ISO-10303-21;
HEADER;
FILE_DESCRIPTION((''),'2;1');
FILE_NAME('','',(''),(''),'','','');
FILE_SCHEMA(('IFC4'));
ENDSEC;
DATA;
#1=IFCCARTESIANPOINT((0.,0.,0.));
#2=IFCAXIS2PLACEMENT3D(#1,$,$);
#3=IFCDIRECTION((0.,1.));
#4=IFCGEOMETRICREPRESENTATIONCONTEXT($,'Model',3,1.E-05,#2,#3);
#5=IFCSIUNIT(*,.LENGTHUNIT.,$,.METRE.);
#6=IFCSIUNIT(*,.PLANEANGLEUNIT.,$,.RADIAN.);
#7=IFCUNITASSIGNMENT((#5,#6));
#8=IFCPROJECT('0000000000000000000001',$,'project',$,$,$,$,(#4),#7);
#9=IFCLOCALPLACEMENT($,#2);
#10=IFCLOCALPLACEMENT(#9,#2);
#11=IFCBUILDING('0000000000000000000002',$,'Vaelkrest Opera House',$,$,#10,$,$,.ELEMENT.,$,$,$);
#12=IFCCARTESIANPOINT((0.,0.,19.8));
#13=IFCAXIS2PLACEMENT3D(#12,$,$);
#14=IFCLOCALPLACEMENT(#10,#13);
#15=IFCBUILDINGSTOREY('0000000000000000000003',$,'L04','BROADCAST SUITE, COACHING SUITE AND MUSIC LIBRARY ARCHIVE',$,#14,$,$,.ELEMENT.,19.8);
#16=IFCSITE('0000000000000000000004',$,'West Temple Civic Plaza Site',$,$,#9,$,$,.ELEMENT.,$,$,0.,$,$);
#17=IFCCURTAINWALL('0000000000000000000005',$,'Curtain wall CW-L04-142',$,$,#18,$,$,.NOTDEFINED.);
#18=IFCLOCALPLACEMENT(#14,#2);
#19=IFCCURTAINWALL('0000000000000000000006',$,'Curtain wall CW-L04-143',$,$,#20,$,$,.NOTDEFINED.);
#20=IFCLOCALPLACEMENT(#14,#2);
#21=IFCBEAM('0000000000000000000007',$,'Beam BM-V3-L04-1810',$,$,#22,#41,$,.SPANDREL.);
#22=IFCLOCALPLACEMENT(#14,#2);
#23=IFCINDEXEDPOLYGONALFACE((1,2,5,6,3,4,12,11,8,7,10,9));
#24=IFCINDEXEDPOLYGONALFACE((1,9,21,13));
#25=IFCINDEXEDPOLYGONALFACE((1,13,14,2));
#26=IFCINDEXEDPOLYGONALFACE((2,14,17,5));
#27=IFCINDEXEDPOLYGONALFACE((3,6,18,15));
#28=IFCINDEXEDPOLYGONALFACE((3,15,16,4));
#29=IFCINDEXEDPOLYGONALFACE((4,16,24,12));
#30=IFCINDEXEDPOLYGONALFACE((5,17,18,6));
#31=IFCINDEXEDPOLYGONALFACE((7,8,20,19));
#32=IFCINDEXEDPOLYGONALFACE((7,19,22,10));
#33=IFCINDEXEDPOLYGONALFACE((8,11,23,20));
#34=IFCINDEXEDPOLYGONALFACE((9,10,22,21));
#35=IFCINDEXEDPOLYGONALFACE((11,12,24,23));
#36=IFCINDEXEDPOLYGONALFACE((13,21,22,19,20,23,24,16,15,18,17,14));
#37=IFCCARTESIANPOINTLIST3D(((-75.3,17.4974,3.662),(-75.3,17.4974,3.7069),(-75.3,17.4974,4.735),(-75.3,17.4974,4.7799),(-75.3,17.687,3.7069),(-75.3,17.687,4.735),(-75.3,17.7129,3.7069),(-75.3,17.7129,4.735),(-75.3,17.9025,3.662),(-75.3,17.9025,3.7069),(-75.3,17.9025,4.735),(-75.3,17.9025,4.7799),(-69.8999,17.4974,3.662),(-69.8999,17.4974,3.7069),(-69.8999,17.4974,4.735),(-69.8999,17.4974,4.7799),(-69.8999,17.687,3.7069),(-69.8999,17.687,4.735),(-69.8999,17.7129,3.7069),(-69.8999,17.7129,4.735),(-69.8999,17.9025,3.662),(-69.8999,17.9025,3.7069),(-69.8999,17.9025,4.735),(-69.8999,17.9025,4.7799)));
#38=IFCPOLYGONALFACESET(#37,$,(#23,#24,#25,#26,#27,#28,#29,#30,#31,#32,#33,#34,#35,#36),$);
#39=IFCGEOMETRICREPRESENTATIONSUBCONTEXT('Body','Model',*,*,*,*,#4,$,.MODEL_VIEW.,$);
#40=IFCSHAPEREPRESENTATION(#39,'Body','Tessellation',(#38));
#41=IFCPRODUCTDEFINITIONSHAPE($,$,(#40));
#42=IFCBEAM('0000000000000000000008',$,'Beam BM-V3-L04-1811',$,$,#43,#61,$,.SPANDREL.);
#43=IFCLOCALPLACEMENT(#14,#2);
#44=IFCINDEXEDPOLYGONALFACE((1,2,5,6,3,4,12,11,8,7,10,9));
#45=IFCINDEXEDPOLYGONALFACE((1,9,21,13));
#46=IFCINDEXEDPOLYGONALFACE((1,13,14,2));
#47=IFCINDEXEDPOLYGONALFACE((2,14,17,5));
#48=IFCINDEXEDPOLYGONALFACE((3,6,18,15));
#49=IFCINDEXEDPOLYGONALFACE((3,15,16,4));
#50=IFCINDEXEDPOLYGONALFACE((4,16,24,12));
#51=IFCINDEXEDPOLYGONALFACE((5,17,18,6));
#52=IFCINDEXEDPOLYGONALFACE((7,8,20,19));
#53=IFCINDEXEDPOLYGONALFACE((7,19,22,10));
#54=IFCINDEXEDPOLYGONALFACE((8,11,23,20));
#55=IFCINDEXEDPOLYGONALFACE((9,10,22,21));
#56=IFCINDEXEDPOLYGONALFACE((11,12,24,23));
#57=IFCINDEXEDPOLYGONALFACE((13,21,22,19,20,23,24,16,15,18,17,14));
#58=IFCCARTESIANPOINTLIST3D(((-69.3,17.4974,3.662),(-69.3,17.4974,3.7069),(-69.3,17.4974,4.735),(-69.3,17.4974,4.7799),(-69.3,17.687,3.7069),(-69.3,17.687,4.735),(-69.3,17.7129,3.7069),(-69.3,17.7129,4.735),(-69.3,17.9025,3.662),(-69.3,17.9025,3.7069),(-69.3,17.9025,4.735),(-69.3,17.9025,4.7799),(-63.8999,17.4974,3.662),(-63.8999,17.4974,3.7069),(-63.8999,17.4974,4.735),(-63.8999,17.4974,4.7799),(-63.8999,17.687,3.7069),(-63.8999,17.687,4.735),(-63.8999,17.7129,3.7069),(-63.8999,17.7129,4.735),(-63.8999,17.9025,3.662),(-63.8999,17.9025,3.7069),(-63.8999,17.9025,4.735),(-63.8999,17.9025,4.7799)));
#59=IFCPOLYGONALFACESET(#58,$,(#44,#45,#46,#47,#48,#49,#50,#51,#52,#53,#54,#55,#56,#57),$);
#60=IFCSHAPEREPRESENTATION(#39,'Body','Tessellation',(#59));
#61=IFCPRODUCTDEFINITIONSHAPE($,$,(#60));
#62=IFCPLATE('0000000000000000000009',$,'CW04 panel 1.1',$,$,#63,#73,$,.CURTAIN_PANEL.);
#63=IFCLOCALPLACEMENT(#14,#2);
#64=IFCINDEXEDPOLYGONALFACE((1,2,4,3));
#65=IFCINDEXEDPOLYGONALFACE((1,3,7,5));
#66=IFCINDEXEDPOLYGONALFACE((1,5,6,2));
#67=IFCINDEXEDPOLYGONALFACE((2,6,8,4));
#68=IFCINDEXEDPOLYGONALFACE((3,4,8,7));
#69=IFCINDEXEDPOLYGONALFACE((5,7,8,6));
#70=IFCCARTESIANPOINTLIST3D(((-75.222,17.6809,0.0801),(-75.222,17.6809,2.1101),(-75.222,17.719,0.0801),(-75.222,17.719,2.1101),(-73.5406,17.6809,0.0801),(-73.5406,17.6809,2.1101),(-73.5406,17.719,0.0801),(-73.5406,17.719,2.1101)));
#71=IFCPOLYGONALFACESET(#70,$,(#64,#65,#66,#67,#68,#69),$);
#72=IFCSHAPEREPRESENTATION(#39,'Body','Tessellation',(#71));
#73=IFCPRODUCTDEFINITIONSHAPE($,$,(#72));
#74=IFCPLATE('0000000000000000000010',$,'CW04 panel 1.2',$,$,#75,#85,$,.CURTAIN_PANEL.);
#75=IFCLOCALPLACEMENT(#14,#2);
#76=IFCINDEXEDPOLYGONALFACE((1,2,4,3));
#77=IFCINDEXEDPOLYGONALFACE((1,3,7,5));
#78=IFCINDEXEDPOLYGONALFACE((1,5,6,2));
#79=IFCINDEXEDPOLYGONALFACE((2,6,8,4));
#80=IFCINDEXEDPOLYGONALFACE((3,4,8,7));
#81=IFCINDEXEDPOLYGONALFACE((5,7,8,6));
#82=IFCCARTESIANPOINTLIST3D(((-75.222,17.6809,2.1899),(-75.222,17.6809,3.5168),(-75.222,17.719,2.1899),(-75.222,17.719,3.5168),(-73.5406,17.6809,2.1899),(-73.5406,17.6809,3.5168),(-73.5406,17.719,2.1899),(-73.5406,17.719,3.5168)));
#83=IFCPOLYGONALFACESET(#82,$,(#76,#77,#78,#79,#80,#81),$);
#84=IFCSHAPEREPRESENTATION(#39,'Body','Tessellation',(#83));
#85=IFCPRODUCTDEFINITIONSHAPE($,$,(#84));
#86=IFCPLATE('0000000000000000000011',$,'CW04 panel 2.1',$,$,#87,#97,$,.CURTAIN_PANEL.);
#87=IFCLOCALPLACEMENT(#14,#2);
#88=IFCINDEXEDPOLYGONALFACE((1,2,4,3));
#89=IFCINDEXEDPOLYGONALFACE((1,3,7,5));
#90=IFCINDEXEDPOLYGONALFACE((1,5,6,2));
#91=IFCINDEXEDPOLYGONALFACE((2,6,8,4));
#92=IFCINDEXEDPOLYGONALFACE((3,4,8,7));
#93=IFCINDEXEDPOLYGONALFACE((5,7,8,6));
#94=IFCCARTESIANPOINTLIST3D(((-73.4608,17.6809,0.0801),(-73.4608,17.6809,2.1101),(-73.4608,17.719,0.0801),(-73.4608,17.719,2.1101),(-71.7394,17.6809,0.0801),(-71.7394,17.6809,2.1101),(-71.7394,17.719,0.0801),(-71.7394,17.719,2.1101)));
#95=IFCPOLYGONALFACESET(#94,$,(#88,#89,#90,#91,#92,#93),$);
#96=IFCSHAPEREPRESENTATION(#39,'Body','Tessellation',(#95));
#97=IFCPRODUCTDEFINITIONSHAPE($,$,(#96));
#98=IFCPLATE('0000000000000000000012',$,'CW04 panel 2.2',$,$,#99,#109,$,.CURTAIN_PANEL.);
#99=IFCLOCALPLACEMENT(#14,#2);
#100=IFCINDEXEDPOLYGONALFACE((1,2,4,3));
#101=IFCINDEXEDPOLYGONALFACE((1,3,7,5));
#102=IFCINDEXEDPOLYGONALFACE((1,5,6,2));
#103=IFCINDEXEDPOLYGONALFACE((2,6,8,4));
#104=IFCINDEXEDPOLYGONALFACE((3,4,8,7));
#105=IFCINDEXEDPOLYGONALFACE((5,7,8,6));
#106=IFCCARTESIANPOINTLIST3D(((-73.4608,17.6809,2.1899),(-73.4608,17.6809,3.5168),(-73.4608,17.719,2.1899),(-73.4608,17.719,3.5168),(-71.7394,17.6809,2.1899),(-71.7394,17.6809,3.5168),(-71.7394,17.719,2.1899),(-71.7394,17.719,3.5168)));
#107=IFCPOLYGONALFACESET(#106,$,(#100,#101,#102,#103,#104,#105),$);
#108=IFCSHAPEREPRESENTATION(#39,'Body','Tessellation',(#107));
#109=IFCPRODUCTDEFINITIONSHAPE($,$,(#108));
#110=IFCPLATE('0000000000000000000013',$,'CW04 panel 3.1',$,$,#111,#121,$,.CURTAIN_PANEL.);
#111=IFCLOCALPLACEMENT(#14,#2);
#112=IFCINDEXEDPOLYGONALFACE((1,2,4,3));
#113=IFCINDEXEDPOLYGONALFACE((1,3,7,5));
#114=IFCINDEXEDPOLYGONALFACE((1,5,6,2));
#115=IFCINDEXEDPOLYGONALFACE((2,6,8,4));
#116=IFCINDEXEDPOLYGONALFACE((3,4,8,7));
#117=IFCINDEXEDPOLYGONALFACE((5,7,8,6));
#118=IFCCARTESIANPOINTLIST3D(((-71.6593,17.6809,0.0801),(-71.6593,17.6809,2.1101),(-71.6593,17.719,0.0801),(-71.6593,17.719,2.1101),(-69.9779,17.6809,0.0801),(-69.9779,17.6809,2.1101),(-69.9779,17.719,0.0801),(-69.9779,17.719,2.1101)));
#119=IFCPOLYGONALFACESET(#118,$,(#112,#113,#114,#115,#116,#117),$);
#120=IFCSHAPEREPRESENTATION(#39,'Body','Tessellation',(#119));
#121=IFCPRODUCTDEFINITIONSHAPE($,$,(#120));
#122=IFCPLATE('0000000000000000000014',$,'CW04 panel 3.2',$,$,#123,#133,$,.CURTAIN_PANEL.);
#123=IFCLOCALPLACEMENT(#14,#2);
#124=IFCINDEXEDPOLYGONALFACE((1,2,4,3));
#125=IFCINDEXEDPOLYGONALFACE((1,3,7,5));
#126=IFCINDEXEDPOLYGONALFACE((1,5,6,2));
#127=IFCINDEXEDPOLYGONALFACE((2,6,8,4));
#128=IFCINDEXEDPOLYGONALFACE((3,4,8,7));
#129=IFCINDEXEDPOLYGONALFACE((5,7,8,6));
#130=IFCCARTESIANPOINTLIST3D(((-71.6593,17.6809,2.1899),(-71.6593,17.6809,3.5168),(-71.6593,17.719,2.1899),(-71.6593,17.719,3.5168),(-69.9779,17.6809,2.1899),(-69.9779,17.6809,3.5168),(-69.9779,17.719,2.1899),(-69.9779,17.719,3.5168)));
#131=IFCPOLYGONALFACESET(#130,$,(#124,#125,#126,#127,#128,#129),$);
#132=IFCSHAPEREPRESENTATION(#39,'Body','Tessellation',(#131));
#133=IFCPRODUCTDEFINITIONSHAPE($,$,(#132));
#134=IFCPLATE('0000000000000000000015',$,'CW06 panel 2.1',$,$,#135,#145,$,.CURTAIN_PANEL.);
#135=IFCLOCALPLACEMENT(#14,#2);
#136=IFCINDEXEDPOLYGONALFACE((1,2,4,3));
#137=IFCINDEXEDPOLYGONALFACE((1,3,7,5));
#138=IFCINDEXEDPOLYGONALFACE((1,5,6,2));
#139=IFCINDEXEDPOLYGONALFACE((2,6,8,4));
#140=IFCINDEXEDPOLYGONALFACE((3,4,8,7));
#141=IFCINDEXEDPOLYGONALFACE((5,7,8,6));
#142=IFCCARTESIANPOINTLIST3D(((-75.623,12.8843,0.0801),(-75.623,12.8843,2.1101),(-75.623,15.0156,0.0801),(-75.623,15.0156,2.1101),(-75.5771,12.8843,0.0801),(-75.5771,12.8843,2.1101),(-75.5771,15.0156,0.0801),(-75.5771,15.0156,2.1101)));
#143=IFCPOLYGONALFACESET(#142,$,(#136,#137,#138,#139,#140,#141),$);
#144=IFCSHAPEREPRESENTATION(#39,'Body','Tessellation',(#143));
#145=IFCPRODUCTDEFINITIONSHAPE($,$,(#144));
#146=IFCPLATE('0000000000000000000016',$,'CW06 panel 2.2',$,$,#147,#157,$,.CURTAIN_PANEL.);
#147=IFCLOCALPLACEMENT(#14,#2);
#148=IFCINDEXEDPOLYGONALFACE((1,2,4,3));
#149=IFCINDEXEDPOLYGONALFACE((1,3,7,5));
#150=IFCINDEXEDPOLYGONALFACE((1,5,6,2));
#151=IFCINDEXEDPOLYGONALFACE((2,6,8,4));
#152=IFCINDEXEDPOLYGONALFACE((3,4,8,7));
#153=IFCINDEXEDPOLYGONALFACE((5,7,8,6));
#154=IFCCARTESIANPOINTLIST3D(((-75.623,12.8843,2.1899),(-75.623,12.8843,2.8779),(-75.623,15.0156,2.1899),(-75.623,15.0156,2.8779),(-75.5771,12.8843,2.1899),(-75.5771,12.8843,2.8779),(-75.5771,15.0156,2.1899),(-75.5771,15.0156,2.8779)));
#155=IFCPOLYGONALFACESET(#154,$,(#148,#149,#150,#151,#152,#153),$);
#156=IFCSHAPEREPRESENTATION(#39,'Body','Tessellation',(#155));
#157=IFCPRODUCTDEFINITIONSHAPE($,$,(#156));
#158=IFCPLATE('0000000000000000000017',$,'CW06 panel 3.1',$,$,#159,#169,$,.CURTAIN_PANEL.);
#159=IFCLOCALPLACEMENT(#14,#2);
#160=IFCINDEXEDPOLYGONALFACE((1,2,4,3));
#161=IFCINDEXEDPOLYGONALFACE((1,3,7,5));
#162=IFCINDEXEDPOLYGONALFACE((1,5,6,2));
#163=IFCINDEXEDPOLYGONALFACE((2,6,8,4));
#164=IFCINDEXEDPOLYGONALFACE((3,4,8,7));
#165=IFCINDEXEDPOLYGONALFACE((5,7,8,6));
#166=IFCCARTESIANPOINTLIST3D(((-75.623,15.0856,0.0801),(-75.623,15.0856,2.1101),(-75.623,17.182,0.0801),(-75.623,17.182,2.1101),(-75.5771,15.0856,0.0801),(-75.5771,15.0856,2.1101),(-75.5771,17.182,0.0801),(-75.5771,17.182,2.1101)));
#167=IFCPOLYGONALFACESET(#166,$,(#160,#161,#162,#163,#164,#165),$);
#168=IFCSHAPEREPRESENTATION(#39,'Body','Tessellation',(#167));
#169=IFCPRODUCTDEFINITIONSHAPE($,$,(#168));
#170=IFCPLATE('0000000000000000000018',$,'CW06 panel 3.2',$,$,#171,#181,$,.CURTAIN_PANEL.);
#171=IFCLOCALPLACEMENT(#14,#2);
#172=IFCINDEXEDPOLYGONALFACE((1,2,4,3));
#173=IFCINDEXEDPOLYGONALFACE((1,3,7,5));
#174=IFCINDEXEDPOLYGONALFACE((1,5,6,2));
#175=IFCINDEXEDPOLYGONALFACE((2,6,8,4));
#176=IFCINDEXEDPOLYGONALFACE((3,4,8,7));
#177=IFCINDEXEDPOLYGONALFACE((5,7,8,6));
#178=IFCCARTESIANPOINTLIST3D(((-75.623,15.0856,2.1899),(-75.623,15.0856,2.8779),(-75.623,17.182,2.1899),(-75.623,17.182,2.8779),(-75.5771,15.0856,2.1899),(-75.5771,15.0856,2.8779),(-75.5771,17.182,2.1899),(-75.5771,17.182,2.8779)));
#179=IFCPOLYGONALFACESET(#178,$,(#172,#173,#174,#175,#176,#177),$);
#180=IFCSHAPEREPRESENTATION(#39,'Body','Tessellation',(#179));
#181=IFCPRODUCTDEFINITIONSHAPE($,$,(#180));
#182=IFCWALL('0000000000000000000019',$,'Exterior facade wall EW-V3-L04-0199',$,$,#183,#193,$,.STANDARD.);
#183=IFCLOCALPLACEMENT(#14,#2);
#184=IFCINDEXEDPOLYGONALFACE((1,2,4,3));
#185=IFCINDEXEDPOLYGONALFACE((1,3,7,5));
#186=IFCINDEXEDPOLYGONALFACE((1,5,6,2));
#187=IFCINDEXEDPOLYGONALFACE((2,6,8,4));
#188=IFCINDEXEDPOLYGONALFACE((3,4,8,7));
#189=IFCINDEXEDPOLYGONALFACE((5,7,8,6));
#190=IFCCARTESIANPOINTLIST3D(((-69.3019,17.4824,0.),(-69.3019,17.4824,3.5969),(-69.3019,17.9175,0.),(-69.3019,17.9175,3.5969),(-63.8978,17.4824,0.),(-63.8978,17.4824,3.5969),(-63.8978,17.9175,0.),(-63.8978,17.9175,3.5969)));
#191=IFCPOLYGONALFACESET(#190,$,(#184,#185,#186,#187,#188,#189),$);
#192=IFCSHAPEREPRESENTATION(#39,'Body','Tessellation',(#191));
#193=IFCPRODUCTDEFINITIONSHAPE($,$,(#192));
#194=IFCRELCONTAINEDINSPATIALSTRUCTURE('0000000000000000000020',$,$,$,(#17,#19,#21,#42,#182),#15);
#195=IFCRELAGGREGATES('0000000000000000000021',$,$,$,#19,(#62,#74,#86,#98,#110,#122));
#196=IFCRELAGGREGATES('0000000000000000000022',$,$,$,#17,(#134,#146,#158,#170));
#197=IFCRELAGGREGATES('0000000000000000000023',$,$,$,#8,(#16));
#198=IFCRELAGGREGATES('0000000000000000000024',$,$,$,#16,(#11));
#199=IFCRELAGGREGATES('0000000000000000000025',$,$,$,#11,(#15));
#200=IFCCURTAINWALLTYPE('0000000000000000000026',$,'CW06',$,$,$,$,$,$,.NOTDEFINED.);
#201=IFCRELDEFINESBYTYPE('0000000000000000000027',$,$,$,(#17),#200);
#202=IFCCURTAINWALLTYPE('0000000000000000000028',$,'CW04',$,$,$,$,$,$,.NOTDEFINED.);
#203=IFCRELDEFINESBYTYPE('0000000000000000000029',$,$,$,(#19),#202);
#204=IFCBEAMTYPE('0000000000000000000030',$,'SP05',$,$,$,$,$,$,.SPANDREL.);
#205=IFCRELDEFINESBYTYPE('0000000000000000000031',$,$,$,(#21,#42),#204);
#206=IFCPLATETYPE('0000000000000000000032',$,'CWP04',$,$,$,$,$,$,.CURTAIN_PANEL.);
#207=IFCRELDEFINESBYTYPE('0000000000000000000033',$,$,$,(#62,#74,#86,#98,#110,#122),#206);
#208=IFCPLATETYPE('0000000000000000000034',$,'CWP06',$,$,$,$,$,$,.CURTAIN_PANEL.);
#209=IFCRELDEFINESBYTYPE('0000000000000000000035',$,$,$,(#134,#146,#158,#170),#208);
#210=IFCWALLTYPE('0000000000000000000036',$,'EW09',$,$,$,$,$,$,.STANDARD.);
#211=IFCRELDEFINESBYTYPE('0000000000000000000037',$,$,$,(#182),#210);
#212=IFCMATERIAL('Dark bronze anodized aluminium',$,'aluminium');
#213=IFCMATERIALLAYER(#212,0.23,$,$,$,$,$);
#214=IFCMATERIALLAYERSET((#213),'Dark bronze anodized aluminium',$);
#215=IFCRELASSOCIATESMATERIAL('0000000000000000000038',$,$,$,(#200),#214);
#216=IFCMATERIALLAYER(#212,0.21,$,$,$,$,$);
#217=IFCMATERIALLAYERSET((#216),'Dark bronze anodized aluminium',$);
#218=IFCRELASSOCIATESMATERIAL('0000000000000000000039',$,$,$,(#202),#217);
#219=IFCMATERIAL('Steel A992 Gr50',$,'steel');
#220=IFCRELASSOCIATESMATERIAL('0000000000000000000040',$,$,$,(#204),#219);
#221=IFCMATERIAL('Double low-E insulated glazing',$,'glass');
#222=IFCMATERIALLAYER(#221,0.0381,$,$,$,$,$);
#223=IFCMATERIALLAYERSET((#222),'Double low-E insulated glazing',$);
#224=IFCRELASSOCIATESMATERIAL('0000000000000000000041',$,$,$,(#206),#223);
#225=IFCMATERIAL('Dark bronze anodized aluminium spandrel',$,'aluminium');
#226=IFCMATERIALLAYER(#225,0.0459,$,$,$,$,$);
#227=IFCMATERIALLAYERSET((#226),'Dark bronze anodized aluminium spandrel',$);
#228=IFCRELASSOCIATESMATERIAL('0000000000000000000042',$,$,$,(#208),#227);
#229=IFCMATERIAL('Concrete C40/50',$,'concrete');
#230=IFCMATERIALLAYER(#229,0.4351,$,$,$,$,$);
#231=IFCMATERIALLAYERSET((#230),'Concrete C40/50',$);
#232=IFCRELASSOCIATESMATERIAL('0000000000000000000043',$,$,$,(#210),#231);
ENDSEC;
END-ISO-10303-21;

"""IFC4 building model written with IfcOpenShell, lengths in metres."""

from ifc_helpers import new_model, si_unit, direction, frame, frame_2d, origin, origin_2d, place, context, subcontext, project, spatial, rectangle, i_section, extrude, material, layer, layer_set, material_profile, profile_set, type_object, element, aggregate, save


model = new_model("IFC4")

# Units and contexts
model_context = context("Model", 3, precision=1e-05, world=origin(), true_north=direction((0.0, 1.0)))
body_context = subcontext(model_context, "Body", "Model", "MODEL_VIEW")
ifc_project = project(units=[si_unit("LENGTHUNIT", "METRE"), si_unit("PLANEANGLEUNIT", "RADIAN")], contexts=[model_context])

# Site, building, storey
site_placement = place(None, origin())
site = spatial("IfcSite", under=ifc_project, at=site_placement, Name="West Temple Civic Plaza Site", CompositionType="ELEMENT", RefElevation=0.0)
building_placement = place(site_placement, origin())
building = spatial("IfcBuilding", under=site, at=building_placement, Name="Vaelkrest Opera House", CompositionType="ELEMENT")
storey_placement = place(building_placement, frame((0.0, 0.0, 19.8)))
storey = spatial("IfcBuildingStorey", under=building, at=storey_placement, Name="L04", Description="BROADCAST SUITE, COACHING SUITE AND MUSIC LIBRARY ARCHIVE", CompositionType="ELEMENT", Elevation=19.8)

# Curtain walls
ifc_material_1 = material(Name="Dark bronze anodized aluminium", Category="aluminium")
ifc_layer_1 = layer(ifc_material_1, 0.23)
ifc_layer_set_1 = layer_set([ifc_layer_1], Name="Dark bronze anodized aluminium")
curtain_wall_type_1 = type_object("IfcCurtainWallType", Name="CW06", PredefinedType="NOTDEFINED", material=ifc_layer_set_1)
curtain_wall_1_placement = place(storey_placement, origin())
curtain_wall_1 = element("IfcCurtainWall", 1, at=curtain_wall_1_placement, inside=storey, type_object=curtain_wall_type_1, Name="Curtain wall CW-L04-142", PredefinedType="NOTDEFINED")
ifc_layer_2 = layer(ifc_material_1, 0.21)
ifc_layer_set_2 = layer_set([ifc_layer_2], Name="Dark bronze anodized aluminium")
curtain_wall_type_2 = type_object("IfcCurtainWallType", Name="CW04", PredefinedType="NOTDEFINED", material=ifc_layer_set_2)
curtain_wall_2_placement = place(storey_placement, origin())
curtain_wall_2 = element("IfcCurtainWall", 2, at=curtain_wall_2_placement, inside=storey, type_object=curtain_wall_type_2, Name="Curtain wall CW-L04-143", PredefinedType="NOTDEFINED")

# Beams
ifc_material_2 = material(Name="Steel A992 Gr50", Category="steel")
ifc_material_profile_1 = material_profile(ifc_material_2, i_section(OverallWidth=0.405, OverallDepth=1.1179, WebThickness=0.0259, FlangeThickness=0.0449, at=origin_2d()), Name="W44X335")
ifc_profile_set_1 = profile_set([ifc_material_profile_1], Name="Steel A992 Gr50")
beam_type = type_object("IfcBeamType", Name="SP05", PredefinedType="SPANDREL", material=ifc_profile_set_1)
for number, where, z_axis, x_axis, name in (
    (3, (-75.3, 17.7, 4.2209), (1.0, 0.0, 0.0), (0.0, 1.0, 0.0), "Beam BM-V3-L04-1810"),
    (4, (-69.3, 17.7, 4.2209), (1.0, 0.0, 0.0), (0.0, 1.0, 0.0), "Beam BM-V3-L04-1811"),
):
    element("IfcBeam", number, at=place(storey_placement, frame(where, z_axis=z_axis, x_axis=x_axis)), inside=storey, type_object=beam_type, Name=name, PredefinedType="SPANDREL", context=body_context, shape_type="SweptSolid", body=[
        extrude(i_section(OverallWidth=0.405, OverallDepth=1.1179, WebThickness=0.0259, FlangeThickness=0.0449, at=origin_2d()), origin(), (0.0, 0.0, 1.0), 5.4001),
    ])

# Plates
ifc_material_3 = material(Name="Double low-E insulated glazing", Category="glass")
ifc_layer_3 = layer(ifc_material_3, 0.0381)
ifc_layer_set_3 = layer_set([ifc_layer_3], Name="Double low-E insulated glazing")
plate_type_1 = type_object("IfcPlateType", Name="CWP04", PredefinedType="CURTAIN_PANEL", material=ifc_layer_set_3)
plate_1_placement = place(storey_placement, frame((-74.3813, 17.7, 0.0801), z_axis=(0.0, 0.0, 1.0), x_axis=(1.0, 0.0, 0.0)))
plate_1 = element("IfcPlate", 5, at=plate_1_placement, type_object=plate_type_1, Name="CW04 panel 1.1", PredefinedType="CURTAIN_PANEL", context=body_context, shape_type="SweptSolid", body=[
    extrude(rectangle(XDim=1.6814, YDim=0.0381, at=origin_2d()), origin(), (0.0, 0.0, 1.0), 2.03),
])
plate_2_placement = place(storey_placement, frame((-74.3813, 17.7, 2.1899), z_axis=(0.0, 0.0, 1.0), x_axis=(1.0, 0.0, 0.0)))
plate_2 = element("IfcPlate", 6, at=plate_2_placement, type_object=plate_type_1, Name="CW04 panel 1.2", PredefinedType="CURTAIN_PANEL", context=body_context, shape_type="SweptSolid", body=[
    extrude(rectangle(XDim=1.6814, YDim=0.0381, at=origin_2d()), origin(), (0.0, 0.0, 1.0), 1.3269),
])
plate_3_placement = place(storey_placement, frame((-72.6001, 17.7, 0.0801), z_axis=(0.0, 0.0, 1.0), x_axis=(1.0, 0.0, 0.0)))
plate_3 = element("IfcPlate", 7, at=plate_3_placement, type_object=plate_type_1, Name="CW04 panel 2.1", PredefinedType="CURTAIN_PANEL", context=body_context, shape_type="SweptSolid", body=[
    extrude(rectangle(XDim=1.7214, YDim=0.0381, at=origin_2d()), origin(), (0.0, 0.0, 1.0), 2.03),
])
plate_4_placement = place(storey_placement, frame((-72.6001, 17.7, 2.1899), z_axis=(0.0, 0.0, 1.0), x_axis=(1.0, 0.0, 0.0)))
plate_4 = element("IfcPlate", 8, at=plate_4_placement, type_object=plate_type_1, Name="CW04 panel 2.2", PredefinedType="CURTAIN_PANEL", context=body_context, shape_type="SweptSolid", body=[
    extrude(rectangle(XDim=1.7214, YDim=0.0381, at=origin_2d()), origin(), (0.0, 0.0, 1.0), 1.3269),
])
plate_5_placement = place(storey_placement, frame((-70.8186, 17.7, 0.0801), z_axis=(0.0, 0.0, 1.0), x_axis=(1.0, 0.0, 0.0)))
plate_5 = element("IfcPlate", 9, at=plate_5_placement, type_object=plate_type_1, Name="CW04 panel 3.1", PredefinedType="CURTAIN_PANEL", context=body_context, shape_type="SweptSolid", body=[
    extrude(rectangle(XDim=1.6814, YDim=0.0381, at=origin_2d()), origin(), (0.0, 0.0, 1.0), 2.03),
])
plate_6_placement = place(storey_placement, frame((-70.8186, 17.7, 2.1899), z_axis=(0.0, 0.0, 1.0), x_axis=(1.0, 0.0, 0.0)))
plate_6 = element("IfcPlate", 10, at=plate_6_placement, type_object=plate_type_1, Name="CW04 panel 3.2", PredefinedType="CURTAIN_PANEL", context=body_context, shape_type="SweptSolid", body=[
    extrude(rectangle(XDim=1.6814, YDim=0.0381, at=origin_2d()), origin(), (0.0, 0.0, 1.0), 1.3269),
])
aggregate(curtain_wall_2, [plate_1, plate_2, plate_3, plate_4, plate_5, plate_6])
ifc_material_4 = material(Name="Dark bronze anodized aluminium spandrel", Category="aluminium")
ifc_layer_4 = layer(ifc_material_4, 0.0459)
ifc_layer_set_4 = layer_set([ifc_layer_4], Name="Dark bronze anodized aluminium spandrel")
plate_type_2 = type_object("IfcPlateType", Name="CWP06", PredefinedType="CURTAIN_PANEL", material=ifc_layer_set_4)
plate_7_placement = place(storey_placement, frame((-75.6001, 13.95, 0.0801), z_axis=(0.0, 0.0, 1.0), x_axis=(0.0, 1.0, 0.0)))
plate_7 = element("IfcPlate", 11, at=plate_7_placement, type_object=plate_type_2, Name="CW06 panel 2.1", PredefinedType="CURTAIN_PANEL", context=body_context, shape_type="SweptSolid", body=[
    extrude(rectangle(XDim=2.1313, YDim=0.0459, at=origin_2d()), origin(), (0.0, 0.0, 1.0), 2.03),
])
plate_8_placement = place(storey_placement, frame((-75.6001, 13.95, 2.1899), z_axis=(0.0, 0.0, 1.0), x_axis=(0.0, 1.0, 0.0)))
plate_8 = element("IfcPlate", 12, at=plate_8_placement, type_object=plate_type_2, Name="CW06 panel 2.2", PredefinedType="CURTAIN_PANEL", context=body_context, shape_type="SweptSolid", body=[
    extrude(rectangle(XDim=2.1313, YDim=0.0459, at=origin_2d()), origin(), (0.0, 0.0, 1.0), 0.688),
])
plate_9_placement = place(storey_placement, frame((-75.6001, 16.1338, 0.0801), z_axis=(0.0, 0.0, 1.0), x_axis=(0.0, 1.0, 0.0)))
plate_9 = element("IfcPlate", 13, at=plate_9_placement, type_object=plate_type_2, Name="CW06 panel 3.1", PredefinedType="CURTAIN_PANEL", context=body_context, shape_type="SweptSolid", body=[
    extrude(rectangle(XDim=2.0964, YDim=0.0459, at=origin_2d()), origin(), (0.0, 0.0, 1.0), 2.03),
])
plate_10_placement = place(storey_placement, frame((-75.6001, 16.1338, 2.1899), z_axis=(0.0, 0.0, 1.0), x_axis=(0.0, 1.0, 0.0)))
plate_10 = element("IfcPlate", 14, at=plate_10_placement, type_object=plate_type_2, Name="CW06 panel 3.2", PredefinedType="CURTAIN_PANEL", context=body_context, shape_type="SweptSolid", body=[
    extrude(rectangle(XDim=2.0964, YDim=0.0459, at=origin_2d()), origin(), (0.0, 0.0, 1.0), 0.688),
])
aggregate(curtain_wall_1, [plate_7, plate_8, plate_9, plate_10])

# Wall
ifc_material_5 = material(Name="Concrete C40/50", Category="concrete")
ifc_layer_5 = layer(ifc_material_5, 0.4351)
ifc_layer_set_5 = layer_set([ifc_layer_5], Name="Concrete C40/50")
wall_type_1 = type_object("IfcWallType", Name="EW09", PredefinedType="STANDARD", material=ifc_layer_set_5)
wall_1_placement = place(storey_placement, frame((-69.302, 17.7, 0.0), z_axis=(0.0, 0.0, 1.0), x_axis=(1.0, 0.0, 0.0)))
element("IfcWall", 15, at=wall_1_placement, inside=storey, type_object=wall_type_1, Name="Exterior facade wall EW-V3-L04-0199", PredefinedType="STANDARD", context=body_context, shape_type="SweptSolid", body=[
    extrude(rectangle(XDim=5.4041, YDim=0.4351, at=frame_2d((2.7021, 0.0))), origin(), (0.0, 0.0, 1.0), 3.5969),
])

save(model, "model.ifc")
